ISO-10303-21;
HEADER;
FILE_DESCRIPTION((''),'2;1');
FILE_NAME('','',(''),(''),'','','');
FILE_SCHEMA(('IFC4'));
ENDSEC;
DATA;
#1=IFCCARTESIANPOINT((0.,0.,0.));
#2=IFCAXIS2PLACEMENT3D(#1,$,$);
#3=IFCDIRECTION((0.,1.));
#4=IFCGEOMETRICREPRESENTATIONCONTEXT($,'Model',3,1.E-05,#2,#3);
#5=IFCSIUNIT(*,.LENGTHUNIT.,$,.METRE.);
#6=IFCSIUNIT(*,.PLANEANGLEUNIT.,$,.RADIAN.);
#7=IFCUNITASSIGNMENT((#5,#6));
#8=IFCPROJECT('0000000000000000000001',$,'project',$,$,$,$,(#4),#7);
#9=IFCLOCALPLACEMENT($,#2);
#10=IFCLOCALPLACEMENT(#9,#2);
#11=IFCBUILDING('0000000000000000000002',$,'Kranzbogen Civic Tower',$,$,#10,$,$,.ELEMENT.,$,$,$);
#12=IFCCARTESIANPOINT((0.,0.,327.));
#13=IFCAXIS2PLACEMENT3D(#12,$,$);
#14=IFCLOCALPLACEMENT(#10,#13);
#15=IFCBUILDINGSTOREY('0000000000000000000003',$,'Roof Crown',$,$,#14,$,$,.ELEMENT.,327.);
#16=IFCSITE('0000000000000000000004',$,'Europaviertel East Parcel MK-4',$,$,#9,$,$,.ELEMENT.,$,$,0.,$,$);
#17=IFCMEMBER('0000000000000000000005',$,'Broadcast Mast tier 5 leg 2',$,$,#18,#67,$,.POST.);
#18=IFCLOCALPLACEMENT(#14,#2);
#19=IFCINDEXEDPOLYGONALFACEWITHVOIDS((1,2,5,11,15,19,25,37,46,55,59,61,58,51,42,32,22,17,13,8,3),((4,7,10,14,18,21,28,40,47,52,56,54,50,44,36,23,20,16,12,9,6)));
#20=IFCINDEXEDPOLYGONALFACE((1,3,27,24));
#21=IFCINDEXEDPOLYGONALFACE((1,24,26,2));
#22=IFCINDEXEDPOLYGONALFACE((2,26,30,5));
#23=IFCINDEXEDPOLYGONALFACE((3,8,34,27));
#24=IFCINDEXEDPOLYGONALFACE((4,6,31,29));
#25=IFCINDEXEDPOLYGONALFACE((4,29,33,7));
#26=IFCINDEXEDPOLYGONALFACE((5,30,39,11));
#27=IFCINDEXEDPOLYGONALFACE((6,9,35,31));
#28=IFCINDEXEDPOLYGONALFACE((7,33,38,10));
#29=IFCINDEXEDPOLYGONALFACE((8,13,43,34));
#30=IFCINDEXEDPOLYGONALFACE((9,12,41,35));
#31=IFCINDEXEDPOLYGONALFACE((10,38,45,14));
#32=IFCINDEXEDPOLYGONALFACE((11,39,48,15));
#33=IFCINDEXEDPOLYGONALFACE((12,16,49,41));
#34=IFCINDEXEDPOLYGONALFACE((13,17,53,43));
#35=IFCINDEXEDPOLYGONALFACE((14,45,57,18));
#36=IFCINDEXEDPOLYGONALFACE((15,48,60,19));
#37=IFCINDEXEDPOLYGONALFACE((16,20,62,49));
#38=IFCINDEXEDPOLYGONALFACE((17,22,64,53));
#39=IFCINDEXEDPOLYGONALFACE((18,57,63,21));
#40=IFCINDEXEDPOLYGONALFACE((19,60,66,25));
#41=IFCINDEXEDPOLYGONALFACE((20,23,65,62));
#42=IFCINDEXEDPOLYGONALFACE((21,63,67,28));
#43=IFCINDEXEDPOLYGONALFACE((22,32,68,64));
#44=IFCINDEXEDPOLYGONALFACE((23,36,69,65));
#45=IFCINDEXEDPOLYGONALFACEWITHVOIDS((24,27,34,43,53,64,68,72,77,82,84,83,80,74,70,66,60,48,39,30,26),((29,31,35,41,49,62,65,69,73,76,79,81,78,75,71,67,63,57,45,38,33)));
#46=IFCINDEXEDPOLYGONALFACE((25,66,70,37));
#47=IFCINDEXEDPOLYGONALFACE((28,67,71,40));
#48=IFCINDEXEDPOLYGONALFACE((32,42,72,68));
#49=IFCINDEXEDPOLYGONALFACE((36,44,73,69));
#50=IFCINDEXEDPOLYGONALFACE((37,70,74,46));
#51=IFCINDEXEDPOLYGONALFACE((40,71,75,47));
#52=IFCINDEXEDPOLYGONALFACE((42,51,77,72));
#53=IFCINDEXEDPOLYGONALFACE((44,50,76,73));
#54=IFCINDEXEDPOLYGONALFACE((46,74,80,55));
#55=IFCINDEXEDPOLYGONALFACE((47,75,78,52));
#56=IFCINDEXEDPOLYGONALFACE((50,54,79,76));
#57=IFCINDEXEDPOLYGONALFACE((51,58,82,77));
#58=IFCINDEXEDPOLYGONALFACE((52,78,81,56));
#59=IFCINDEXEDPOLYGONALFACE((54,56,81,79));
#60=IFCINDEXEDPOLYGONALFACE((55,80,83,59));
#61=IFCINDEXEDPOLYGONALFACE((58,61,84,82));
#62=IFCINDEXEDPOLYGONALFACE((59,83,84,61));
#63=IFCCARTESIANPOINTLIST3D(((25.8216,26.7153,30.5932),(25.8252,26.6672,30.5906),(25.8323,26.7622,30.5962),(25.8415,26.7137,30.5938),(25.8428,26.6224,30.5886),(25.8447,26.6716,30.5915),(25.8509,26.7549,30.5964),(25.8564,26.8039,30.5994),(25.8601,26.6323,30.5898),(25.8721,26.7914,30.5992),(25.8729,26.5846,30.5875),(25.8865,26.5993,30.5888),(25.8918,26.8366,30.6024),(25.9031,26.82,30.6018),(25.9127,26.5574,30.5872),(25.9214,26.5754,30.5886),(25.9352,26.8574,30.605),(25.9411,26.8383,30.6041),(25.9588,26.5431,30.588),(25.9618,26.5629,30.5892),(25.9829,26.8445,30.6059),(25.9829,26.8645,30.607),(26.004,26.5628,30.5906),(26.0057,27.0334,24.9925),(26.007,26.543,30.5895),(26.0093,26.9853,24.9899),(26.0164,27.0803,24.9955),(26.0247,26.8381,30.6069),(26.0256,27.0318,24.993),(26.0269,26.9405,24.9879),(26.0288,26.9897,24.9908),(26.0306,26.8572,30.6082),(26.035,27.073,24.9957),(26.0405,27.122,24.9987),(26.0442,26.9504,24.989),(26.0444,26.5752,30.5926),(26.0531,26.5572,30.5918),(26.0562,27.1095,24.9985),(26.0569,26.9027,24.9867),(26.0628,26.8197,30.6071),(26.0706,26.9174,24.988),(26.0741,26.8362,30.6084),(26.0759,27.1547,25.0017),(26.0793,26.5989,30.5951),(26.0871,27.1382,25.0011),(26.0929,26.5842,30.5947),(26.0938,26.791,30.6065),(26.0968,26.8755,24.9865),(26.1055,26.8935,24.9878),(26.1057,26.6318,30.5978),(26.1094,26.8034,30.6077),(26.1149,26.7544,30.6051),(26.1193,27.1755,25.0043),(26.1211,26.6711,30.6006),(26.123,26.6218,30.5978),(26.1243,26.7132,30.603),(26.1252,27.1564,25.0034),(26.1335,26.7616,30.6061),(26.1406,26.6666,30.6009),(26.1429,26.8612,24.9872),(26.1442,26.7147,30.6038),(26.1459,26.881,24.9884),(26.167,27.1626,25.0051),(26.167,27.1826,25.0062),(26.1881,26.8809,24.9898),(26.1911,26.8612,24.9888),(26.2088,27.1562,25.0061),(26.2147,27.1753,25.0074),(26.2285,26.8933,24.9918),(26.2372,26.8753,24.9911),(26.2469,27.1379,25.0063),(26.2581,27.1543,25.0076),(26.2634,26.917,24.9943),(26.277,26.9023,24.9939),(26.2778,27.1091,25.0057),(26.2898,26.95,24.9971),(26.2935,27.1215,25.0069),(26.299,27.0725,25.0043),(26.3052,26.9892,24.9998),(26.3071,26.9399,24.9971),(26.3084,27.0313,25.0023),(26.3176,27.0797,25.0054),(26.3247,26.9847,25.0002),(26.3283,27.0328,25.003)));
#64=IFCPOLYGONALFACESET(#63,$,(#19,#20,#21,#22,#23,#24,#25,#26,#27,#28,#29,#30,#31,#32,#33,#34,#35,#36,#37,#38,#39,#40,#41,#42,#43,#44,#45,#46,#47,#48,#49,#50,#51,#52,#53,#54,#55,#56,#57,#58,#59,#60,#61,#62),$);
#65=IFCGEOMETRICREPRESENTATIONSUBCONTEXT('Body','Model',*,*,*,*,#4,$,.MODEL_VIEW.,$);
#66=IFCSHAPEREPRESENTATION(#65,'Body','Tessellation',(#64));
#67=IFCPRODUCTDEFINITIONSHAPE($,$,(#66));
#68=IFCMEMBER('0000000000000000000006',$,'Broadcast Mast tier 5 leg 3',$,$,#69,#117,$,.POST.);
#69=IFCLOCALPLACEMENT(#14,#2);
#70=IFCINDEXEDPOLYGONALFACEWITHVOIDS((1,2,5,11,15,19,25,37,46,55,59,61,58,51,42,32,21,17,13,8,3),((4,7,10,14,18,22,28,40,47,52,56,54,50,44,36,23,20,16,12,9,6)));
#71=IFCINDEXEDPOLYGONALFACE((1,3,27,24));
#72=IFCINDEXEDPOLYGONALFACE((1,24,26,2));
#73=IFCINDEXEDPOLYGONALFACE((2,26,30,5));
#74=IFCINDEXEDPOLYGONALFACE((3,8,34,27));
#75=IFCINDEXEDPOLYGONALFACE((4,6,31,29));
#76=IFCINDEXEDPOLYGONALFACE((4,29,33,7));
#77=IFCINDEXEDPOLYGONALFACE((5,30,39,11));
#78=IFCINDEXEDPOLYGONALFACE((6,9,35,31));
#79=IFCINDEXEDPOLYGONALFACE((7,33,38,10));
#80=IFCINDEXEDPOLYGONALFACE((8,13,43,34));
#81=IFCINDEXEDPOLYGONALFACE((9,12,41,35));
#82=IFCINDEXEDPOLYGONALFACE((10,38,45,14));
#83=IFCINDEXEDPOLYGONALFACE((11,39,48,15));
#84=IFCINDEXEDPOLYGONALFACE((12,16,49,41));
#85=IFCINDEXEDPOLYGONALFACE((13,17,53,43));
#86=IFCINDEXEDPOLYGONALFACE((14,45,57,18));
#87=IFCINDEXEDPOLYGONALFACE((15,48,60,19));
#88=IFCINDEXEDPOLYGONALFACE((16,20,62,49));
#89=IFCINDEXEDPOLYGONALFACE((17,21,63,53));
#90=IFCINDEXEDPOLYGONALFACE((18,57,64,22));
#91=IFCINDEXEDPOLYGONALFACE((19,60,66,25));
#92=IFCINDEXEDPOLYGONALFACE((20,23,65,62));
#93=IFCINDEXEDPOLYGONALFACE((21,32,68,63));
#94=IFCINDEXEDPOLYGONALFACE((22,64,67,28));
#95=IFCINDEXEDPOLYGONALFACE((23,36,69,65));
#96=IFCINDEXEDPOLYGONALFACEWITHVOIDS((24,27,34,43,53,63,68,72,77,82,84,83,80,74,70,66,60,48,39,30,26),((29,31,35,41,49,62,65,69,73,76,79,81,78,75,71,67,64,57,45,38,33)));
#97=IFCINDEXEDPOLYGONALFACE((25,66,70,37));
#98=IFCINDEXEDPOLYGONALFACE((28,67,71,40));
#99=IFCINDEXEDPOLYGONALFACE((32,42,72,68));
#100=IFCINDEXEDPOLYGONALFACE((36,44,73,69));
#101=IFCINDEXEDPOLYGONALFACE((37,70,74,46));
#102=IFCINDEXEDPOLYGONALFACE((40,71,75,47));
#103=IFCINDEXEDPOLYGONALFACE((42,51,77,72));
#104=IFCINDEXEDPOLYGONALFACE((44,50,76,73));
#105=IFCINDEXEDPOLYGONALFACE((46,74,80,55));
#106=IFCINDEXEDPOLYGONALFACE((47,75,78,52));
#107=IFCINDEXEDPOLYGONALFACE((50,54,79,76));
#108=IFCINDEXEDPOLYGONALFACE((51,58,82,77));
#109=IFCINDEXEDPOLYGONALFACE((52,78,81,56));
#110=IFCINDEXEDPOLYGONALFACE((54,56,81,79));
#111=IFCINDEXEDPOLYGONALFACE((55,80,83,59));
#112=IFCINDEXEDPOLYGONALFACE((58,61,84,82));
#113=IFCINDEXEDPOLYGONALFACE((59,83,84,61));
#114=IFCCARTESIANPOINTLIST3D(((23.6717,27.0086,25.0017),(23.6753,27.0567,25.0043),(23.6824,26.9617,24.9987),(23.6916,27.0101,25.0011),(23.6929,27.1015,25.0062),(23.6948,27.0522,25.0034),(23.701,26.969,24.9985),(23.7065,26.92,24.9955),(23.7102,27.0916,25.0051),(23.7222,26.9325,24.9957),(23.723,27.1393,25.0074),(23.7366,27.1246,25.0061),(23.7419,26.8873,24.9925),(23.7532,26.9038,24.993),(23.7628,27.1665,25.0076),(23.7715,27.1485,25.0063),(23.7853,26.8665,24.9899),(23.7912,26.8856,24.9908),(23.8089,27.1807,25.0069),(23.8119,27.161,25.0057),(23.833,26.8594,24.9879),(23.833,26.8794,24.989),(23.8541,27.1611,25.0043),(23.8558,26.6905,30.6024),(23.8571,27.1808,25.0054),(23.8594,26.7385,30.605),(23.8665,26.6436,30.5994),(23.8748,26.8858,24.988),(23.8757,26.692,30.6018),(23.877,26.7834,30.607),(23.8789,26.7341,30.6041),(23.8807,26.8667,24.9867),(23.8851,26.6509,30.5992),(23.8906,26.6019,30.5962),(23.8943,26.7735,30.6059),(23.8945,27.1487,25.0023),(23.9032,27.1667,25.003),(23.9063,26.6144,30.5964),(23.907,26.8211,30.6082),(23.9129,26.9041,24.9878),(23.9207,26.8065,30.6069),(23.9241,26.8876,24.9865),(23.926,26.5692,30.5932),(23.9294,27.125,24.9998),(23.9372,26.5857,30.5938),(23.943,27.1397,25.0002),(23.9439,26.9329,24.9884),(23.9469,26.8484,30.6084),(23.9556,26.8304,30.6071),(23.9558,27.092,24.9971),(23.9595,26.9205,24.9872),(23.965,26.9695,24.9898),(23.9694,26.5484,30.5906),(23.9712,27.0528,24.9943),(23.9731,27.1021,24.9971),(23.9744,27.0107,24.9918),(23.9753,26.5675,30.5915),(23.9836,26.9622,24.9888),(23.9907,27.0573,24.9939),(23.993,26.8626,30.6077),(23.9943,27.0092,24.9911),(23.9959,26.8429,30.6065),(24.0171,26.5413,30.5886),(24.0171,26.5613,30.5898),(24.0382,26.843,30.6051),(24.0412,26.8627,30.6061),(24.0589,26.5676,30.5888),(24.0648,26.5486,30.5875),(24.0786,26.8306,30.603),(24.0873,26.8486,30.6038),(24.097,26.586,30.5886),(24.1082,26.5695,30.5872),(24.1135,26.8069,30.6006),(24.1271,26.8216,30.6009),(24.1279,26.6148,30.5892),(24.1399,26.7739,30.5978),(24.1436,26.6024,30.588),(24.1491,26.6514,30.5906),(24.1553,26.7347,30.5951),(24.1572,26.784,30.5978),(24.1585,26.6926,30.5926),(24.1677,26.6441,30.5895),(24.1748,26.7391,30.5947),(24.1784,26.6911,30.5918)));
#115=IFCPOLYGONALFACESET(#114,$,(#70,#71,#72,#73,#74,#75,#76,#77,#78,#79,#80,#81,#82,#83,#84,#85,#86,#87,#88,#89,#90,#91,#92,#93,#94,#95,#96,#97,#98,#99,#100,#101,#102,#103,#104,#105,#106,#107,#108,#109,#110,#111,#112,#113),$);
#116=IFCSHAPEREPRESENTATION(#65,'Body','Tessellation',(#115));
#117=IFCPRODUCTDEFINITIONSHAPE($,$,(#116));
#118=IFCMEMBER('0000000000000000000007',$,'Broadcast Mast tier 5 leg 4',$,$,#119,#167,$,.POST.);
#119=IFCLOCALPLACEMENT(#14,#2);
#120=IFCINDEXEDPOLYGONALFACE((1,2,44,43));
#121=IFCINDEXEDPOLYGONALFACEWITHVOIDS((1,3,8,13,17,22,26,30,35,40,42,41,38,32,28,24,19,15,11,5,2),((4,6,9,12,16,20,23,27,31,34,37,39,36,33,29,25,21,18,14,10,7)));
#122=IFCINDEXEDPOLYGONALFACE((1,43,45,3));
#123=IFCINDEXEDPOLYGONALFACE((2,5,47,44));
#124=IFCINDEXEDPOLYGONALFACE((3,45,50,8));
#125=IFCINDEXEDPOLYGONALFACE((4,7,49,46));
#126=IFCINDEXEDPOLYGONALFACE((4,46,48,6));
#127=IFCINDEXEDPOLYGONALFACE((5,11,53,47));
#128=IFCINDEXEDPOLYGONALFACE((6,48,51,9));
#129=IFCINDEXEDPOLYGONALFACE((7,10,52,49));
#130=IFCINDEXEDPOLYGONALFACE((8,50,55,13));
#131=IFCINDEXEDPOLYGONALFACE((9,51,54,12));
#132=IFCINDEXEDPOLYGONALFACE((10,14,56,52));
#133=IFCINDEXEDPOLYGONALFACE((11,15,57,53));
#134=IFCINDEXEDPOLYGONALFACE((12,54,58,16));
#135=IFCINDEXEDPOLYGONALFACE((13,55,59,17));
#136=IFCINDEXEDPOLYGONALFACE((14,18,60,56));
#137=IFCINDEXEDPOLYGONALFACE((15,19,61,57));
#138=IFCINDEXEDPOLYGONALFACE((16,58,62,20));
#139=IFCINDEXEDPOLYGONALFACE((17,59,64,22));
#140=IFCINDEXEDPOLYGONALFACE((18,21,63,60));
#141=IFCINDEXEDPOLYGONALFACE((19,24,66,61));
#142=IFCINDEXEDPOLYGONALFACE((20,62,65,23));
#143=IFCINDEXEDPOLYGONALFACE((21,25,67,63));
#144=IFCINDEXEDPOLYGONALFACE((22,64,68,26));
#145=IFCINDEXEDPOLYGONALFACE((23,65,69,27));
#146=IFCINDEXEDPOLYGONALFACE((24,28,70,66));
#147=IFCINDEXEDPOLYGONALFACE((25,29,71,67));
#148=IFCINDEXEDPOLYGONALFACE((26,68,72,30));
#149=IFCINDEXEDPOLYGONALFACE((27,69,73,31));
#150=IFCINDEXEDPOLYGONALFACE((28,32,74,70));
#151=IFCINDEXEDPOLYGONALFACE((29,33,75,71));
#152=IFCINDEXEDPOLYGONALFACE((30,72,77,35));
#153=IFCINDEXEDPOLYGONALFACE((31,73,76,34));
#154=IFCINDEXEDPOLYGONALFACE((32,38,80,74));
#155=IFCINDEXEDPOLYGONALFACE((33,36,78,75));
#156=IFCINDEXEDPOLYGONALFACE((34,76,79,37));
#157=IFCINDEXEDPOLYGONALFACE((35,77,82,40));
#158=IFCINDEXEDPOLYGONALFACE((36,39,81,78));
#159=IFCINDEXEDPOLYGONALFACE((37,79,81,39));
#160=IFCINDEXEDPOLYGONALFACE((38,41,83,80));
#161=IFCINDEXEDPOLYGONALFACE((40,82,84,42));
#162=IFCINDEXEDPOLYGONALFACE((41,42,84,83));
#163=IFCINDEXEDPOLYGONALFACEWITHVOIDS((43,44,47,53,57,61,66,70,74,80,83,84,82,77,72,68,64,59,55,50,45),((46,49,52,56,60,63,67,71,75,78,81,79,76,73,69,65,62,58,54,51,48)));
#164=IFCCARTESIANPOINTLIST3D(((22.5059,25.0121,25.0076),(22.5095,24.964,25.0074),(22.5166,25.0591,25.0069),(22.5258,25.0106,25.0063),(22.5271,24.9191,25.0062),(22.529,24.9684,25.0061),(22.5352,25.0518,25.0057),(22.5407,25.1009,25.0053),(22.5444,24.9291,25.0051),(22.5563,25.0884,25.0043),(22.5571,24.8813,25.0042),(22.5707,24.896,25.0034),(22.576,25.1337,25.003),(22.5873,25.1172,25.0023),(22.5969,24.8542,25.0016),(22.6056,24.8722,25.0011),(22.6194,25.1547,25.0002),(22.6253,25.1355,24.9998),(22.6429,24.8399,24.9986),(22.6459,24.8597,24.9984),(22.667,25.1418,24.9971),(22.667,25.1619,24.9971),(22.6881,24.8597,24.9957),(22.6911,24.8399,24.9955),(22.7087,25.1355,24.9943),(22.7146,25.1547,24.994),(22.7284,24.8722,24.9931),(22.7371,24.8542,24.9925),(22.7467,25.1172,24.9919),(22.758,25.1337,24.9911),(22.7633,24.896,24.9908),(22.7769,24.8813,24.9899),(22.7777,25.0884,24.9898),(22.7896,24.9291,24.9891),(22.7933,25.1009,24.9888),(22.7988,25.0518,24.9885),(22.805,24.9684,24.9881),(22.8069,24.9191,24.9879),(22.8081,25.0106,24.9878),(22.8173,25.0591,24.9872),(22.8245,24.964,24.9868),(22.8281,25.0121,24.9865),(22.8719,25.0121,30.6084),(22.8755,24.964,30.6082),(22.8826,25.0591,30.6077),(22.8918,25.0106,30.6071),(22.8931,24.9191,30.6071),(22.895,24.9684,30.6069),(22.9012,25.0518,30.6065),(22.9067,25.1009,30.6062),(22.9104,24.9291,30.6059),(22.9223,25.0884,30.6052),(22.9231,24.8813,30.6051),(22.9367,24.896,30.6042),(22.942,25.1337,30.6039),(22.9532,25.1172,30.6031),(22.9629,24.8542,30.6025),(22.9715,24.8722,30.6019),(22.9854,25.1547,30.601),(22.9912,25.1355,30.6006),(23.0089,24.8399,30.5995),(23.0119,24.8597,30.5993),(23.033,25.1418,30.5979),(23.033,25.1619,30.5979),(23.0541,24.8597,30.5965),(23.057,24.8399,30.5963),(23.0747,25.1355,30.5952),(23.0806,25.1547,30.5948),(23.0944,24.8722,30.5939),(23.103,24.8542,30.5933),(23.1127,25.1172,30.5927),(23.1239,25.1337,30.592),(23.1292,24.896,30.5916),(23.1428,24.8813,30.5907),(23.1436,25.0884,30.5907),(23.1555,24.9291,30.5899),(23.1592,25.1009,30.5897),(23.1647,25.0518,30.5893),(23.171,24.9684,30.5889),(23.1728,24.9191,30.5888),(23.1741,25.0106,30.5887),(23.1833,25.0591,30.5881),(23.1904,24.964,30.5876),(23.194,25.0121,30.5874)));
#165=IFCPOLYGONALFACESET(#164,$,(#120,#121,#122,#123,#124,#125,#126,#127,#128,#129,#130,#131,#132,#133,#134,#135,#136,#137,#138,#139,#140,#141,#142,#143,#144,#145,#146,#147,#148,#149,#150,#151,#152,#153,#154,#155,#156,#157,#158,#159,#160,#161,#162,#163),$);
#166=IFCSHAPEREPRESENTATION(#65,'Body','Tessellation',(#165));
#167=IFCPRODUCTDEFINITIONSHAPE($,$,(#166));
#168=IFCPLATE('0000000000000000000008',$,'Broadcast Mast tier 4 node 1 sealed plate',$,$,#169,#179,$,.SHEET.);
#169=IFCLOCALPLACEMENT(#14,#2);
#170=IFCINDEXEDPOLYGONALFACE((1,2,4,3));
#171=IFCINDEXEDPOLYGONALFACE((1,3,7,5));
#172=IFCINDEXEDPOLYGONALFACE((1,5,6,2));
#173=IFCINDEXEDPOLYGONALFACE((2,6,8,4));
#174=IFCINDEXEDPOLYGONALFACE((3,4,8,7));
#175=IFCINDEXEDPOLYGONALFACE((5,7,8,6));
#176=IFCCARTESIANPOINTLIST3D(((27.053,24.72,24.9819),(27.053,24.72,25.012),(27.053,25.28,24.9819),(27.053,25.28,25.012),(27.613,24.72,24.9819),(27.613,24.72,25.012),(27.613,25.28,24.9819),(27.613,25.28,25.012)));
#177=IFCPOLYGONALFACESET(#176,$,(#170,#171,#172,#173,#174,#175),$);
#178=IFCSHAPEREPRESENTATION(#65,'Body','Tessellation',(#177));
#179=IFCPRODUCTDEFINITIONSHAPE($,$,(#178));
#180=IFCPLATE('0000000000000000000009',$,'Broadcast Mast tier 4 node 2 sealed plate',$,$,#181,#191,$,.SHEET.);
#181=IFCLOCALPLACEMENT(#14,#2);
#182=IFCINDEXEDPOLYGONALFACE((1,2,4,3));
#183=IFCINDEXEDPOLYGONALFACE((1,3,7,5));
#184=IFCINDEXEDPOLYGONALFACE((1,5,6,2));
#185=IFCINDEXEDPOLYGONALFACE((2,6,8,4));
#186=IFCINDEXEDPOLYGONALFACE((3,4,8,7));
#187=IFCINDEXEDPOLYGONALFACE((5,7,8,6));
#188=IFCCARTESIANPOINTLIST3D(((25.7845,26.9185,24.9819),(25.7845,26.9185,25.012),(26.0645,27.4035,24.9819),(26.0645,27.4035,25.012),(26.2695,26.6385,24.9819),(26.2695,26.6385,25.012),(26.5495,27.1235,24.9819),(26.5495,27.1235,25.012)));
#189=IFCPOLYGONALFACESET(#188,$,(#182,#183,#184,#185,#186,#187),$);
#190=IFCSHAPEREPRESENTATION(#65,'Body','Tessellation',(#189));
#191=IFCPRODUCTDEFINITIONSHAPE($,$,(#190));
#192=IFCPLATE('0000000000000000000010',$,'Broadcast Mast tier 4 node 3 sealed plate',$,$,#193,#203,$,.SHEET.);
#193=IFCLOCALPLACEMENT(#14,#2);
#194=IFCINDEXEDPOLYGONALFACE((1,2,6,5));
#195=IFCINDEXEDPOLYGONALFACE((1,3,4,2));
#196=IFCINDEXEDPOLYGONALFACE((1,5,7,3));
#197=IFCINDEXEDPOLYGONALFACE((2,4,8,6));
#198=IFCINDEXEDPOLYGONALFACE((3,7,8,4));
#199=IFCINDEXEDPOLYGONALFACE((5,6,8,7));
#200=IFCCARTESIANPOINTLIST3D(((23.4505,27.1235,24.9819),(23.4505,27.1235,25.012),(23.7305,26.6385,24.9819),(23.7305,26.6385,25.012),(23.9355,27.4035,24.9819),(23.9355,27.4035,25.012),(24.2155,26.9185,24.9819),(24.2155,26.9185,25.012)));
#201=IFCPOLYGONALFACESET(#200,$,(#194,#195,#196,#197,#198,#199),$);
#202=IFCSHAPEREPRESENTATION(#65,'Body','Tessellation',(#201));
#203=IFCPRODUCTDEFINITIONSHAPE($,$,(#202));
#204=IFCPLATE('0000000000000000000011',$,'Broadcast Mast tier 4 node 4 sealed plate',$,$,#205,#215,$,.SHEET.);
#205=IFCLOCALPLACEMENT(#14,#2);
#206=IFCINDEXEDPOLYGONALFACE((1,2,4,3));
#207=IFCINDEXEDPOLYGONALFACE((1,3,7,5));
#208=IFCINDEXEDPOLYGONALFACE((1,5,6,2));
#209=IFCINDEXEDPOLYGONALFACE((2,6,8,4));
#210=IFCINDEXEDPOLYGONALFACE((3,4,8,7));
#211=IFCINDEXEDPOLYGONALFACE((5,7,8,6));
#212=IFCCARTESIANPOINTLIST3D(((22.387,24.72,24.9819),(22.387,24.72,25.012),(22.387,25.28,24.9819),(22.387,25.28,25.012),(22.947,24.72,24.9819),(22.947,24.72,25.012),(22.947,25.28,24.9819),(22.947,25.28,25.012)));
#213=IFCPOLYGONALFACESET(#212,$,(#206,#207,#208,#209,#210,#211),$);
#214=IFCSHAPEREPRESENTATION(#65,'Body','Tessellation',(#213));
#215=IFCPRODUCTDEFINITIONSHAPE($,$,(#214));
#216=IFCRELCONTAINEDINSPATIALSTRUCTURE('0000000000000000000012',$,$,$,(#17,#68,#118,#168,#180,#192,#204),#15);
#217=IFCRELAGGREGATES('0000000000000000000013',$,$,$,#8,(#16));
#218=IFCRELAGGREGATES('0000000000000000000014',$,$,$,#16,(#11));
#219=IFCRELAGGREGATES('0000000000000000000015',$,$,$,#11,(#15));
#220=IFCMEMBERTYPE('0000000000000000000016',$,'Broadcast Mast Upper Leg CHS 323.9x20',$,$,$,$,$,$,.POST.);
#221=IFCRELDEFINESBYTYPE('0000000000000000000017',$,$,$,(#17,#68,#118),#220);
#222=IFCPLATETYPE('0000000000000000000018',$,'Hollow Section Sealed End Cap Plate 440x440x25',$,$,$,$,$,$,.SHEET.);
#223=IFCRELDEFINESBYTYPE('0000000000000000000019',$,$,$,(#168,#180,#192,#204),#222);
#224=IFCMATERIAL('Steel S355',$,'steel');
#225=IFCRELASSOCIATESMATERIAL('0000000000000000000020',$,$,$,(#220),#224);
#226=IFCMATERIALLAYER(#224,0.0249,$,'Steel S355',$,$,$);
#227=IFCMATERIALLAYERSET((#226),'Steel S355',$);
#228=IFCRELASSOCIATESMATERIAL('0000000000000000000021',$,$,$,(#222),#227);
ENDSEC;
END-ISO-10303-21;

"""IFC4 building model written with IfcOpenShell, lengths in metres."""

from ifc_helpers import new_model, si_unit, direction, frame, origin, origin_2d, place, context, subcontext, project, spatial, rectangle, hollow_circle, extrude, material, layer, layer_set, material_profile, profile_set, type_object, element, save


model = new_model("IFC4")

# Units and contexts
model_context = context("Model", 3, precision=1e-05, world=origin(), true_north=direction((0.0, 1.0)))
body_context = subcontext(model_context, "Body", "Model", "MODEL_VIEW")
ifc_project = project(units=[si_unit("LENGTHUNIT", "METRE"), si_unit("PLANEANGLEUNIT", "RADIAN")], contexts=[model_context])

# Site, building, storey
site_placement = place(None, origin())
site = spatial("IfcSite", under=ifc_project, at=site_placement, Name="Europaviertel East Parcel MK-4", CompositionType="ELEMENT", RefElevation=0.0)
building_placement = place(site_placement, origin())
building = spatial("IfcBuilding", under=site, at=building_placement, Name="Kranzbogen Civic Tower", CompositionType="ELEMENT")
storey_placement = place(building_placement, frame((0.0, 0.0, 327.0)))
storey = spatial("IfcBuildingStorey", under=building, at=storey_placement, Name="Roof Crown", CompositionType="ELEMENT", Elevation=327.0)

# Members
ifc_material = material(Name="Steel S355", Category="steel")
ifc_material_profile_1 = material_profile(ifc_material, hollow_circle(Radius=0.1619, WallThickness=0.02, at=origin_2d()), Name="CHS 323.9x20")
ifc_profile_set_1 = profile_set([ifc_material_profile_1], Name="Steel S355")
member_type_1 = type_object("IfcMemberType", Name="Broadcast Mast Upper Leg CHS 323.9x20", PredefinedType="POST", material=ifc_profile_set_1)
for number, where, z_axis, x_axis, name in (
    (1, (26.167, 27.021, 24.9971), (-0.032796, -0.056676, 0.997854), (0.865532, -0.500853, 0.0), "Broadcast Mast tier 5 leg 2"),
    (2, (23.833, 27.021, 24.9971), (0.032796, -0.056676, 0.997854), (0.865532, 0.500853, 0.0), "Broadcast Mast tier 5 leg 3"),
    (3, (22.667, 25.0, 24.9971), (0.065202, 0.0, 0.997872), (0.0, 1.0, 0.0), "Broadcast Mast tier 5 leg 4"),
):
    element("IfcMember", number, at=place(storey_placement, frame(where, z_axis=z_axis, x_axis=x_axis)), inside=storey, type_object=member_type_1, Name=name, PredefinedType="POST", context=body_context, shape_type="SweptSolid", body=[
        extrude(hollow_circle(Radius=0.1619, WallThickness=0.02, at=origin_2d()), origin(), (0.0, 0.0, 1.0), 5.6128),
    ])

# Plates
ifc_layer = layer(ifc_material, 0.0249, Name="Steel S355")
ifc_layer_set = layer_set([ifc_layer], Name="Steel S355")
plate_type = type_object("IfcPlateType", Name="Hollow Section Sealed End Cap Plate 440x440x25", PredefinedType="SHEET", material=ifc_layer_set)
for number, where, z_axis, x_axis, name in (
    (4, (27.333, 25.0, 24.9819), (0.0, 0.0, 1.0), (1.0, 0.0, 0.0), "Broadcast Mast tier 4 node 1 sealed plate"),
    (5, (26.167, 27.021, 24.9819), (0.0, 0.0, 1.0), (0.5, 0.866025, 0.0), "Broadcast Mast tier 4 node 2 sealed plate"),
    (6, (23.833, 27.021, 24.9819), (0.0, 0.0, 1.0), (-0.5, 0.866025, 0.0), "Broadcast Mast tier 4 node 3 sealed plate"),
    (7, (22.667, 25.0, 24.9819), (0.0, 0.0, 1.0), (-1.0, 0.0, 0.0), "Broadcast Mast tier 4 node 4 sealed plate"),
):
    element("IfcPlate", number, at=place(storey_placement, frame(where, z_axis=z_axis, x_axis=x_axis)), inside=storey, type_object=plate_type, Name=name, PredefinedType="SHEET", context=body_context, shape_type="SweptSolid", body=[
        extrude(rectangle(XDim=0.5601, YDim=0.5601, at=origin_2d()), origin(), (0.0, 0.0, 1.0), 0.03),
    ])

save(model, "model.ifc")
